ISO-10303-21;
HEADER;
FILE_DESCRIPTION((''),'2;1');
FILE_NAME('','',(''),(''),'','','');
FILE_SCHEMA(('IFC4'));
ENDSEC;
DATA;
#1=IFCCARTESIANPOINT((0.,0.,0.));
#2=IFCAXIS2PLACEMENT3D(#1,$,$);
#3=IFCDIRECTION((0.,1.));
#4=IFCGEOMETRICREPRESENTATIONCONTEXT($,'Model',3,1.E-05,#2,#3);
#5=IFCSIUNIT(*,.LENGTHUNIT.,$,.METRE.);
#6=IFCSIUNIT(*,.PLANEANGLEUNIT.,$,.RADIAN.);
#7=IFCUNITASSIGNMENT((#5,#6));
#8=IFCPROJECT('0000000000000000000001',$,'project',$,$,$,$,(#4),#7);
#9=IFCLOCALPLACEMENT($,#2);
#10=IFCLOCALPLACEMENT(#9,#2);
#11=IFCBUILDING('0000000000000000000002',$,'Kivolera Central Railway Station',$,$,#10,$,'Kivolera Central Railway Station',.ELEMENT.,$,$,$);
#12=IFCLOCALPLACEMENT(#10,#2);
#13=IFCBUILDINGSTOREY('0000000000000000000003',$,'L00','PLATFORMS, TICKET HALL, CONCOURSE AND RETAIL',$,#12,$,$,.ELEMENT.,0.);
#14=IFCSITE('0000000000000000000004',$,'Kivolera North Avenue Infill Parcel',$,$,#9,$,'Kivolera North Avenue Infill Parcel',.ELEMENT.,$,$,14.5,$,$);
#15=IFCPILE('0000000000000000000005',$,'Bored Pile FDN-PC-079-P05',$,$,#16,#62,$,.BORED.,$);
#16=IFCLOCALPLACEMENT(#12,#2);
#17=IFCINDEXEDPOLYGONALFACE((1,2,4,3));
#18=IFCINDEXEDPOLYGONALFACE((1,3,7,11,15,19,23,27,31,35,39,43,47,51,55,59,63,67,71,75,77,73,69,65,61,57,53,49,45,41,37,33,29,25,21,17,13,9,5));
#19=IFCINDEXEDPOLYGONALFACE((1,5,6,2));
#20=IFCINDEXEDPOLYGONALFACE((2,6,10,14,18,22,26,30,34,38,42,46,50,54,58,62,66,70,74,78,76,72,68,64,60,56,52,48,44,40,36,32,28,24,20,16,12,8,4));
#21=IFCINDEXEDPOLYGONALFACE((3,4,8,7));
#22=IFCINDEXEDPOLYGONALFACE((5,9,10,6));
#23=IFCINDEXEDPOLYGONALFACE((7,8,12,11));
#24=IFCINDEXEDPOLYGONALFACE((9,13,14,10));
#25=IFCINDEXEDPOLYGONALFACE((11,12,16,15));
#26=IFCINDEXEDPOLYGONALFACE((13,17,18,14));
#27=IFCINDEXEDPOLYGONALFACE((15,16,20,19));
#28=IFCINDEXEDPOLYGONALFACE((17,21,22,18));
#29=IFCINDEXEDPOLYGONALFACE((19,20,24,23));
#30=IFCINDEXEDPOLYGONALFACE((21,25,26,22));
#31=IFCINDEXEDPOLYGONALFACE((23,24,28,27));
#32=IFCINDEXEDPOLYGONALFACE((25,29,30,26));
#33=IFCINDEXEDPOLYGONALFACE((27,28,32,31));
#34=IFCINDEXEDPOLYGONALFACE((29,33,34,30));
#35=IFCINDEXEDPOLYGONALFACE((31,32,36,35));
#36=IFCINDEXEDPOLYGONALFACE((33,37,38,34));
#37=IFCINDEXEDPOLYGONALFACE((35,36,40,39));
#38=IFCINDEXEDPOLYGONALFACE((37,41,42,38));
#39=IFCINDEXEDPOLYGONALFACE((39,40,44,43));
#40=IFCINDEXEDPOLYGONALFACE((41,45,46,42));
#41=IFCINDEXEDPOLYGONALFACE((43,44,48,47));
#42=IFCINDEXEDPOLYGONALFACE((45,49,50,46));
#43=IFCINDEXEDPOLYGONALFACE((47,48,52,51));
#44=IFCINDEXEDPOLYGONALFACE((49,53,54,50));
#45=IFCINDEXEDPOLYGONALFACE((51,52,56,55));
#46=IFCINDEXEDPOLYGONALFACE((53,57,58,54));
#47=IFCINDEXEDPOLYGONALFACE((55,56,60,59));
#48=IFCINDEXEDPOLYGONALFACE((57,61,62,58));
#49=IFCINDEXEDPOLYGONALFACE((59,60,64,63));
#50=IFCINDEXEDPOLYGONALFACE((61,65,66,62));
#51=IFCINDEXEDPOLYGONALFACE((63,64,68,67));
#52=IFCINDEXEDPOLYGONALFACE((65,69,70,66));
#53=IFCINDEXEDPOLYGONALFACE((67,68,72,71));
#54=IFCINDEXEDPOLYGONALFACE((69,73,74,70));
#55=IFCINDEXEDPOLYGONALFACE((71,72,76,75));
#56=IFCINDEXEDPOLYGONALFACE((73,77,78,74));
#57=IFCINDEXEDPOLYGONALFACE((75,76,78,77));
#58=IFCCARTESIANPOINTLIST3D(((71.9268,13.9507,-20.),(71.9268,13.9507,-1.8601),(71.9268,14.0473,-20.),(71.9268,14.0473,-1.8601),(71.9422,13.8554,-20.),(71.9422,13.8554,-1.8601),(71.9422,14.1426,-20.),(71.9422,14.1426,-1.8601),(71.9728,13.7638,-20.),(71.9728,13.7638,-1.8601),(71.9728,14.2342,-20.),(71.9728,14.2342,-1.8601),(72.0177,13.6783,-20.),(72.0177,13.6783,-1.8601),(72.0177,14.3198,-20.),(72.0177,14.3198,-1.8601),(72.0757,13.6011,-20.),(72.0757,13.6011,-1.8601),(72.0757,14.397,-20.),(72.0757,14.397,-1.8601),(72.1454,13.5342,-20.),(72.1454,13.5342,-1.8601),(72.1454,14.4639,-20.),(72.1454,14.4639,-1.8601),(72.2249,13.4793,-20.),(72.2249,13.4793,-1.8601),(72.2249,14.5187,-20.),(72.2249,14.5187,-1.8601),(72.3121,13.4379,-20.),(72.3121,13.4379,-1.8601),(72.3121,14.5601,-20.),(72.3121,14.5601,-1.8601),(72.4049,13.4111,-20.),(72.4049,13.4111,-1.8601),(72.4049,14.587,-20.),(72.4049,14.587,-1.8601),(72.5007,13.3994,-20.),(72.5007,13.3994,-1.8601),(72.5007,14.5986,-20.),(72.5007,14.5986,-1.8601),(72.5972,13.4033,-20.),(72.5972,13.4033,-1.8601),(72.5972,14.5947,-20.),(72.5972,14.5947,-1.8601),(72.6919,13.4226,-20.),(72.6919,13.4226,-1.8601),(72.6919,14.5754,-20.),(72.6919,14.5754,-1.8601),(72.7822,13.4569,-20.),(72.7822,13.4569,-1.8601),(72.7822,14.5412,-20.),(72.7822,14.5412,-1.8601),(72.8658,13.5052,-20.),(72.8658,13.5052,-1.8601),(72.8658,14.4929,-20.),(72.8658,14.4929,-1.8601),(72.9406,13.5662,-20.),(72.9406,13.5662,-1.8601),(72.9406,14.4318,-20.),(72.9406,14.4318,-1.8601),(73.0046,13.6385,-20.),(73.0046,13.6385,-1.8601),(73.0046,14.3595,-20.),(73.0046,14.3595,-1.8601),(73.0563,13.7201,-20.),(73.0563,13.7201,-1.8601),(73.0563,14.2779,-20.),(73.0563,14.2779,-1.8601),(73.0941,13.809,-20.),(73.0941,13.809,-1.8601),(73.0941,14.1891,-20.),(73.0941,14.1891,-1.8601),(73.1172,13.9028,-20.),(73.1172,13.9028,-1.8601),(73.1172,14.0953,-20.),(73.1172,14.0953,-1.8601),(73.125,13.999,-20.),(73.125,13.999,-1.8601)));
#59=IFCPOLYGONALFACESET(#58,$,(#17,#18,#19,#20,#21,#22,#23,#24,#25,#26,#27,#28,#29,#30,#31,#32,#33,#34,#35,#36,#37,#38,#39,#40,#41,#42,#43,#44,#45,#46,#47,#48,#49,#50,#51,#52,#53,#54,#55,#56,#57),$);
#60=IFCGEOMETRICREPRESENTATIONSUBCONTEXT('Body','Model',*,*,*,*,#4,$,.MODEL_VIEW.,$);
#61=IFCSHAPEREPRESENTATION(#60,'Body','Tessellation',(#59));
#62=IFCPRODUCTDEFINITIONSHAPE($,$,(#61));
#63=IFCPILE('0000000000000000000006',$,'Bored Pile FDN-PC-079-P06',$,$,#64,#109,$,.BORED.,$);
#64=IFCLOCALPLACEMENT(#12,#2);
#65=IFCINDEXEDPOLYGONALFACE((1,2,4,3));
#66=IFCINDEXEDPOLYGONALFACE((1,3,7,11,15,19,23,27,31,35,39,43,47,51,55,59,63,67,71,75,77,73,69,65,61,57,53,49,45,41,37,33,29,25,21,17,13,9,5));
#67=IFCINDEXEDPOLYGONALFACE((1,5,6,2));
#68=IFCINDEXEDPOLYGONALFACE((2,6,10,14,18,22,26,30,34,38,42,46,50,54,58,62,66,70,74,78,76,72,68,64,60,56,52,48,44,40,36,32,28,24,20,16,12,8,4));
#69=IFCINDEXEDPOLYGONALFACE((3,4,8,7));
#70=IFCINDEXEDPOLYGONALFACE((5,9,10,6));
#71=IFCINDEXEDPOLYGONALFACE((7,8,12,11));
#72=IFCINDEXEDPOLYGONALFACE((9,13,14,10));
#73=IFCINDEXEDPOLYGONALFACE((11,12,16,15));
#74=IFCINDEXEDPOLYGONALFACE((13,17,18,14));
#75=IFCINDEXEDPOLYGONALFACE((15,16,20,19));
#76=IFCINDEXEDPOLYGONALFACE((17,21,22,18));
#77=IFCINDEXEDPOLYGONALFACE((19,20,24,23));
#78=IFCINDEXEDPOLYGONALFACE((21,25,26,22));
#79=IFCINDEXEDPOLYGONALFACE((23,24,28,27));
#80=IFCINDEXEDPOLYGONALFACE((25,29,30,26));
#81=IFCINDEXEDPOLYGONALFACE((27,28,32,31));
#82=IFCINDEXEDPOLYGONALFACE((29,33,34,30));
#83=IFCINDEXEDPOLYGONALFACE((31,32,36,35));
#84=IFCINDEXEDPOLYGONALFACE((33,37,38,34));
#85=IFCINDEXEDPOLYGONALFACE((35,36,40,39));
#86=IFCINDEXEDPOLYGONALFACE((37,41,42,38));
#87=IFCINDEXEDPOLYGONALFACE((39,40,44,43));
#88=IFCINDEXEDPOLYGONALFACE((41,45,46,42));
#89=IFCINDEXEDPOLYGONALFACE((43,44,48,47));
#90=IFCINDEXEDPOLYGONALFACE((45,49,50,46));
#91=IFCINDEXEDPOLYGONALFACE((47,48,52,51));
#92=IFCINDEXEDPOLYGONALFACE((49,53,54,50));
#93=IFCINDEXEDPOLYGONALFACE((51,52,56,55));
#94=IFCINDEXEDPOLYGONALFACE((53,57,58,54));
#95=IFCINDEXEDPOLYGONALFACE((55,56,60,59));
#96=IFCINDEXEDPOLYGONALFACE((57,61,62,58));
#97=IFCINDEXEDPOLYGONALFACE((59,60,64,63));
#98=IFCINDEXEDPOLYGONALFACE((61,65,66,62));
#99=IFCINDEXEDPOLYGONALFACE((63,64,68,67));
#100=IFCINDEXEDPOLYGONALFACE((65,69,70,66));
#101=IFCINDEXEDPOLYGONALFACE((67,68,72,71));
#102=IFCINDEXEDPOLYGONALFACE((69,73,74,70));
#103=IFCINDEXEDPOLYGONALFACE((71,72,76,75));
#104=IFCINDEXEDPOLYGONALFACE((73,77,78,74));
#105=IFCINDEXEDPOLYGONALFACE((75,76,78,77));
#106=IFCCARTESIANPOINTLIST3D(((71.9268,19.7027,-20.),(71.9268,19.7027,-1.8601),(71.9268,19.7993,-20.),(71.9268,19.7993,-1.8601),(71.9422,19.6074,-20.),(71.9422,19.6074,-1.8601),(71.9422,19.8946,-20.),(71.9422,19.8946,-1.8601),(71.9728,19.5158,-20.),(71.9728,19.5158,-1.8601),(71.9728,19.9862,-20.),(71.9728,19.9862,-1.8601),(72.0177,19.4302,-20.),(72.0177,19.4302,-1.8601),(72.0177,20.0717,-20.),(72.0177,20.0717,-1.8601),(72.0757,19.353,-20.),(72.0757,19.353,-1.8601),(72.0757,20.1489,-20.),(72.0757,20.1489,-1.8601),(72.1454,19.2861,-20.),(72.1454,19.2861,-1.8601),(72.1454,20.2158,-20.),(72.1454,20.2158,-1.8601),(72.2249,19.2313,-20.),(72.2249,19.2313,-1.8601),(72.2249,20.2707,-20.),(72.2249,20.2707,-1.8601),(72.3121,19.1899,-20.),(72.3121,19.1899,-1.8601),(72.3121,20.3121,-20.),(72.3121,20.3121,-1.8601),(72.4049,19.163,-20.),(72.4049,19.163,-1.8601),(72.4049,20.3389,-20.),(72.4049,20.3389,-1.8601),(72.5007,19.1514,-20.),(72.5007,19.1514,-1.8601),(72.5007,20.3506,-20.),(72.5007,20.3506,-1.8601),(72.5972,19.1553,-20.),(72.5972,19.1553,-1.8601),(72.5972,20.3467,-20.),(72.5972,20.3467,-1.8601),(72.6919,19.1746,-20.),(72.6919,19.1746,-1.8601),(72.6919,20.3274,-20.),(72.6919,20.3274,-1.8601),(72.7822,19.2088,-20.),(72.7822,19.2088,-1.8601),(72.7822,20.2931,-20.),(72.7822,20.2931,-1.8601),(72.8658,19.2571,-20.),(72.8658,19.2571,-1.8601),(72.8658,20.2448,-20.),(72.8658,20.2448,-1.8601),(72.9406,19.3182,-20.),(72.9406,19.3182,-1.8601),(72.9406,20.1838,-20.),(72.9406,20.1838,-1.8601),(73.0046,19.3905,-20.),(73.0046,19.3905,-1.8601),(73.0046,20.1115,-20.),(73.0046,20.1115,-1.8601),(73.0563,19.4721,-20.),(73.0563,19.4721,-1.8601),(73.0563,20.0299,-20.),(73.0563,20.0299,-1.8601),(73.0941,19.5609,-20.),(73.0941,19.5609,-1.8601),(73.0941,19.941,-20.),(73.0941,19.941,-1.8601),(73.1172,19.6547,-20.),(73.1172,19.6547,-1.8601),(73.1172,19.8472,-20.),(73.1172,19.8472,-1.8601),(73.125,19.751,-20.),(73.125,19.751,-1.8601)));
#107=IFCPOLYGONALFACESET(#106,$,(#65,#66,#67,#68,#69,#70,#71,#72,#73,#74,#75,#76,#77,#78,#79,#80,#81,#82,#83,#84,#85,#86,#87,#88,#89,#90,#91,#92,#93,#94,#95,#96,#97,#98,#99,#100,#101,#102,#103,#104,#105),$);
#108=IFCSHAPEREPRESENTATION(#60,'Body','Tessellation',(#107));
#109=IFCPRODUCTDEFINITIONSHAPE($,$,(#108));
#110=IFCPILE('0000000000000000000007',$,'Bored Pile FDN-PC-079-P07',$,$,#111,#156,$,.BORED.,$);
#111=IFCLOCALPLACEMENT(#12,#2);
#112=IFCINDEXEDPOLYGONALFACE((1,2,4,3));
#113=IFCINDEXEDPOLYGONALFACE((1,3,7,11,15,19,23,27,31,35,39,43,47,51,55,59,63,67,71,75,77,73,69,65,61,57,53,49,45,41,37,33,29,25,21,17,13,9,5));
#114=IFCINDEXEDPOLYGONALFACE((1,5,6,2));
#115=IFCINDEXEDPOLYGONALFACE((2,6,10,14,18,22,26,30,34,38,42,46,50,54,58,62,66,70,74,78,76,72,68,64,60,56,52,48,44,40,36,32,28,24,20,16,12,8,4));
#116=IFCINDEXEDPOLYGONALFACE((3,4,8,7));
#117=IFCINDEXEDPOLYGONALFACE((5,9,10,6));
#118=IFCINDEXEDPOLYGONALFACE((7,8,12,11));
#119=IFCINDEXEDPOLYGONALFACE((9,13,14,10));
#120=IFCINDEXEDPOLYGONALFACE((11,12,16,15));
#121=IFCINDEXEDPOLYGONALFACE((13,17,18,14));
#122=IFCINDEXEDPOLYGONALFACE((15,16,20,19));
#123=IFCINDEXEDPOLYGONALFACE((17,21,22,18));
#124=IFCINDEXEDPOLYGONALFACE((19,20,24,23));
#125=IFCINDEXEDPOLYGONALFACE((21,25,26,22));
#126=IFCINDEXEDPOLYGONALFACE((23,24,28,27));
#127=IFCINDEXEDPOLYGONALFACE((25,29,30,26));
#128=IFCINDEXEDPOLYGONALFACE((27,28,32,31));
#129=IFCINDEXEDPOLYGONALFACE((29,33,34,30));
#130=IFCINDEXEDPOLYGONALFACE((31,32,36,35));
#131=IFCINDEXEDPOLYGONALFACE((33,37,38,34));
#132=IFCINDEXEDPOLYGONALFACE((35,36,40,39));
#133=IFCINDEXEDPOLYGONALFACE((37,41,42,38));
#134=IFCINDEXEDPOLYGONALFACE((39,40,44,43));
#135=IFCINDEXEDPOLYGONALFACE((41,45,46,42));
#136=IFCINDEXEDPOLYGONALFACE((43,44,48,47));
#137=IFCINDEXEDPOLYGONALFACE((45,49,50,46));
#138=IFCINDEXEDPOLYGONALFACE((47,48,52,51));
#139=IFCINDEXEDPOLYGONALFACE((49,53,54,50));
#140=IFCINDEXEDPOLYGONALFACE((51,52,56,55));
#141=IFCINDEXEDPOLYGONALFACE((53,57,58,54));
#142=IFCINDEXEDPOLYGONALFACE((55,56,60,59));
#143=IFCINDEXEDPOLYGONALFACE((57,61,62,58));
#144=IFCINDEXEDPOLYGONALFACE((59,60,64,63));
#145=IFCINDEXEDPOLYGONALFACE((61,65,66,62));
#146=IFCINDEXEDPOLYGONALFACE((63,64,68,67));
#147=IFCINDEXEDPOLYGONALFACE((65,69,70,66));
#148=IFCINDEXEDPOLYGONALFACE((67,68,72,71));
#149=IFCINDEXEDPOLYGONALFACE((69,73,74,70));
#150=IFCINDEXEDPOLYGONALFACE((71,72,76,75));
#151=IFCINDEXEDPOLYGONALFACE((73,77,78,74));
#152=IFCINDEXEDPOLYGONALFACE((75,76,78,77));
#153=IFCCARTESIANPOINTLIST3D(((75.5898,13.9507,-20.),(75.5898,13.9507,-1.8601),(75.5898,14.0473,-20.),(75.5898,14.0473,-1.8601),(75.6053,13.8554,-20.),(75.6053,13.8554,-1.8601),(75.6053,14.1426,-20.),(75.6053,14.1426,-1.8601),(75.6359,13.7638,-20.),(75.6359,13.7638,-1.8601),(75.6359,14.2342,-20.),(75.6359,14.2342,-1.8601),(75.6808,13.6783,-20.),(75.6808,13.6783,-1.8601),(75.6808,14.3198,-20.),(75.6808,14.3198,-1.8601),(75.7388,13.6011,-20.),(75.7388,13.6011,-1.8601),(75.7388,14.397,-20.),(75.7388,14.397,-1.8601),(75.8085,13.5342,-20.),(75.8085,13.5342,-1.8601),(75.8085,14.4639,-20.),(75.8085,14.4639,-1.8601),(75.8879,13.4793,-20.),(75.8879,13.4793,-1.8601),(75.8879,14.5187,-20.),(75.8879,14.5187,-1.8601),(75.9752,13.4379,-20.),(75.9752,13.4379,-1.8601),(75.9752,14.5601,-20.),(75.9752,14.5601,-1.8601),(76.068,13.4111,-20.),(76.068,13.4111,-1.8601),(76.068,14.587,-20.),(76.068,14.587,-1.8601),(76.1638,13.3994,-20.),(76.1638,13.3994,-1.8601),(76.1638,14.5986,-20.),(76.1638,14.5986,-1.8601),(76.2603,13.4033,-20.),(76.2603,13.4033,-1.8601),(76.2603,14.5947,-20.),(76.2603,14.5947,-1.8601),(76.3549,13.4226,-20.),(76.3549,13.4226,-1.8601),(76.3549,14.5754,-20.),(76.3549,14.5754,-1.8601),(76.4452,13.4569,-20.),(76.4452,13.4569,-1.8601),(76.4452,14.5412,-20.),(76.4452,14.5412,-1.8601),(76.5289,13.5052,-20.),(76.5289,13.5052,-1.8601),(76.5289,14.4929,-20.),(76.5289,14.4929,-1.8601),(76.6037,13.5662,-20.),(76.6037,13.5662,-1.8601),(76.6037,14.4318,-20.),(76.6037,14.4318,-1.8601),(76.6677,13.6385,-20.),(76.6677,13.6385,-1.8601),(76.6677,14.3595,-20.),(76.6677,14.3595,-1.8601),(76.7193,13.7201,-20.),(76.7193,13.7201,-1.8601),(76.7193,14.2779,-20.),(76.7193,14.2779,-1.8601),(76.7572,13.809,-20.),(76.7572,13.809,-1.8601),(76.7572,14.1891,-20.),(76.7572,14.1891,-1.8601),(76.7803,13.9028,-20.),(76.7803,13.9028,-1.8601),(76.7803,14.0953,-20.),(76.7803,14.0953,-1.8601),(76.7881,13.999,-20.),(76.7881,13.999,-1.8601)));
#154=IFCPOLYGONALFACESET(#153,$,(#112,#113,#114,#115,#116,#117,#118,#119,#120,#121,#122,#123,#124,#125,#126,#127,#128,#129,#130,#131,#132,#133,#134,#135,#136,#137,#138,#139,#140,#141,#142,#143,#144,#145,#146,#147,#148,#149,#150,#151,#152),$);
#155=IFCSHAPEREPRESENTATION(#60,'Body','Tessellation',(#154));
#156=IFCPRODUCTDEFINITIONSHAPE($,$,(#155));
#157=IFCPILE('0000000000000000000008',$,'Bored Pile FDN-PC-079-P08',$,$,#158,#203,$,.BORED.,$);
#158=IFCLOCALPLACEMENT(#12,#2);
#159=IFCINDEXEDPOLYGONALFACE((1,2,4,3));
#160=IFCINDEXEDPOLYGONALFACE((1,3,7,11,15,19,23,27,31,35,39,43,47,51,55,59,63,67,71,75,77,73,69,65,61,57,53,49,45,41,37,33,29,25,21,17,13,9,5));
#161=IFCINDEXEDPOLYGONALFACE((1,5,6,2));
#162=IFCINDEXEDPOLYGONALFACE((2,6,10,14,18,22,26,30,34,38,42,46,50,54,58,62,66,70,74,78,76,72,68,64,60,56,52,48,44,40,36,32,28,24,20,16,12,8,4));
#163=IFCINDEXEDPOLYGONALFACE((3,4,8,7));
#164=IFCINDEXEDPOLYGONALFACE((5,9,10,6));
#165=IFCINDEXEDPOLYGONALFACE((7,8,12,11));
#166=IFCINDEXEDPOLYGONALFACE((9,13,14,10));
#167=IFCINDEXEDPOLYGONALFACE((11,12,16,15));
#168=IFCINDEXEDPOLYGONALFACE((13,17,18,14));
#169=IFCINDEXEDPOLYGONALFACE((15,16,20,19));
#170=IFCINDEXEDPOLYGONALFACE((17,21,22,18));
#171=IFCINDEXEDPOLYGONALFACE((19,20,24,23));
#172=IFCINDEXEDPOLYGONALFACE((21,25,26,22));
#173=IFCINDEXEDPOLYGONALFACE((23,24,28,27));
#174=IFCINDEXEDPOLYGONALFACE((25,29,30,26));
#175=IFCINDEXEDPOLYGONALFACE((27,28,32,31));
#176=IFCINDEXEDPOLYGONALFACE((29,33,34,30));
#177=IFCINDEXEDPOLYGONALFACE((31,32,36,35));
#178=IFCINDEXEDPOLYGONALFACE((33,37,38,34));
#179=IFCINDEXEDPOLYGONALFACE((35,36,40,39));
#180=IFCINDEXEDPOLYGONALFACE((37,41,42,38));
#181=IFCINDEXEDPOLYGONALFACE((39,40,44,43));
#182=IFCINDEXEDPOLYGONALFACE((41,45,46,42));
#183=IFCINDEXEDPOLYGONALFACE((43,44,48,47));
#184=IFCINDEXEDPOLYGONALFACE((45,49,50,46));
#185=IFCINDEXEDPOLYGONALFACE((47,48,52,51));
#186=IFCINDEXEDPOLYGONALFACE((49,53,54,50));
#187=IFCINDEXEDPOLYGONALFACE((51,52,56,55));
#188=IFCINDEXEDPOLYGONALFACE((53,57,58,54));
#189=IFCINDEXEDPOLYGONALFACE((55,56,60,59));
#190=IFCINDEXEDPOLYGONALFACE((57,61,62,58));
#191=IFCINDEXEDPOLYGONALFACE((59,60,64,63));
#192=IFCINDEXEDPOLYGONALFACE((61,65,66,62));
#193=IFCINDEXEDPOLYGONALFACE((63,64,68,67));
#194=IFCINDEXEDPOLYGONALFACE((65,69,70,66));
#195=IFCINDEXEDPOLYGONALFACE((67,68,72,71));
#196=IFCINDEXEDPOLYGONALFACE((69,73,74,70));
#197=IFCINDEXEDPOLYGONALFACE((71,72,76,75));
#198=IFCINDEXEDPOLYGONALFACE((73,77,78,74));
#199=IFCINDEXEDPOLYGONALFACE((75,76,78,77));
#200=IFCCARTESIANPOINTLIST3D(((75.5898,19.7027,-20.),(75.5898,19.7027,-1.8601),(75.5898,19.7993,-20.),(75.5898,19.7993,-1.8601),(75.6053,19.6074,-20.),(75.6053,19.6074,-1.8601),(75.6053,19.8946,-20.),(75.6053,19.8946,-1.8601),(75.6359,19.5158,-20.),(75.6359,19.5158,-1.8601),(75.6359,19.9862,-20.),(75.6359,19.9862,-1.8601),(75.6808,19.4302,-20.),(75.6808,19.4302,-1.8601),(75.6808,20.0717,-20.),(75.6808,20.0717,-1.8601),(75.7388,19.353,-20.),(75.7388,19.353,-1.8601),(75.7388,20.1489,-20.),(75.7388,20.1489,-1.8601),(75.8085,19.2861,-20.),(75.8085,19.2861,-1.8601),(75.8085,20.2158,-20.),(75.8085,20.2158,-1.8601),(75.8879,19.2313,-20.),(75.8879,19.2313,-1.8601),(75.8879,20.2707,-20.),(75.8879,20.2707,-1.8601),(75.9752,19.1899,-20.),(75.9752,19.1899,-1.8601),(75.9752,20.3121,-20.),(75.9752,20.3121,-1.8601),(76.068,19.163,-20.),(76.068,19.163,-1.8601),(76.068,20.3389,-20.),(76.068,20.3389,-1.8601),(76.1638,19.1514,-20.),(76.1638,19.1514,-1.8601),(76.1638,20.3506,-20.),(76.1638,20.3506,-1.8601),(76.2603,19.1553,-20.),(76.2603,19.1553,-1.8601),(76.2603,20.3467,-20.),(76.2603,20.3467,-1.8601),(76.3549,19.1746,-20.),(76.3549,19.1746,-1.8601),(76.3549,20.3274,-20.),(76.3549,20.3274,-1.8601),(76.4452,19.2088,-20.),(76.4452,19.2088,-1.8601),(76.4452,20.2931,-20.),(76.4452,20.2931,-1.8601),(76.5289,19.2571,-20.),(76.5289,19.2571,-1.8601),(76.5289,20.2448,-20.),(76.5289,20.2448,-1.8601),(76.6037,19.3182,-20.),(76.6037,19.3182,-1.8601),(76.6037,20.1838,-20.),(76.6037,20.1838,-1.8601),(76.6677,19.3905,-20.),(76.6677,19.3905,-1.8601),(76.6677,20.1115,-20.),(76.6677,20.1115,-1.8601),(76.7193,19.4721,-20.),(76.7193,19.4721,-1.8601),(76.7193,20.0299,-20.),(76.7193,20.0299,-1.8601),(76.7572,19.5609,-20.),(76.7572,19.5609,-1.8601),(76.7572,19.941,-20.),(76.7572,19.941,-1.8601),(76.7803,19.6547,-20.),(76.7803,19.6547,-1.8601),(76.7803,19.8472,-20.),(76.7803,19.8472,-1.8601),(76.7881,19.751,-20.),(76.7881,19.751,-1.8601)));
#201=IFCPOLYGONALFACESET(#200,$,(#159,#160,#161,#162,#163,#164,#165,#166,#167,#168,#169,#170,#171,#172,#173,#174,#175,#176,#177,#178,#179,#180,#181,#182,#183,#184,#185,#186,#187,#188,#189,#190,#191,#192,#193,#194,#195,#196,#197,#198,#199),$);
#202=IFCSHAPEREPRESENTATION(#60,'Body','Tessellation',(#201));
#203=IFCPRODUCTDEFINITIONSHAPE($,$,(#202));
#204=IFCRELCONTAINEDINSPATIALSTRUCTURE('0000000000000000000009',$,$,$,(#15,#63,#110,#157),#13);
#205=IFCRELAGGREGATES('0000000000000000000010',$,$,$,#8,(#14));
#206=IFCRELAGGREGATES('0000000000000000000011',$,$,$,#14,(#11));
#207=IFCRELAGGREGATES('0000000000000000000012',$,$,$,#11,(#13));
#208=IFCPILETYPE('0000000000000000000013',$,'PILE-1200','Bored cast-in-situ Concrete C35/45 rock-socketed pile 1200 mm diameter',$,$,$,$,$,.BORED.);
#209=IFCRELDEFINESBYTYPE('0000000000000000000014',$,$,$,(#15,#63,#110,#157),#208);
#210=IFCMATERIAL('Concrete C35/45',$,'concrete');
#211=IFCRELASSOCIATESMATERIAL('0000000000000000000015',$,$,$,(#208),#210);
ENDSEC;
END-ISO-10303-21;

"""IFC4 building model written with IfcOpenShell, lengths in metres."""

from ifc_helpers import new_model, si_unit, direction, frame, origin, origin_2d, place, context, subcontext, project, spatial, circle, extrude, material, material_profile, profile_set, type_object, element, save


model = new_model("IFC4")

# Units and contexts
model_context = context("Model", 3, precision=1e-05, world=origin(), true_north=direction((0.0, 1.0)))
body_context = subcontext(model_context, "Body", "Model", "MODEL_VIEW")
ifc_project = project(units=[si_unit("LENGTHUNIT", "METRE"), si_unit("PLANEANGLEUNIT", "RADIAN")], contexts=[model_context])

# Site, building, storey
site_placement = place(None, origin())
site = spatial("IfcSite", under=ifc_project, at=site_placement, Name="Kivolera North Avenue Infill Parcel", LongName="Kivolera North Avenue Infill Parcel", CompositionType="ELEMENT", RefElevation=14.5)
building_placement = place(site_placement, origin())
building = spatial("IfcBuilding", under=site, at=building_placement, Name="Kivolera Central Railway Station", LongName="Kivolera Central Railway Station", CompositionType="ELEMENT")
storey_placement = place(building_placement, origin())
storey = spatial("IfcBuildingStorey", under=building, at=storey_placement, Name="L00", Description="PLATFORMS, TICKET HALL, CONCOURSE AND RETAIL", CompositionType="ELEMENT", Elevation=0.0)

# Shared definitions
ifc_material_1 = material(Name="Concrete C35/45", Category="concrete")

# Piles
ifc_material_profile_1 = material_profile(ifc_material_1, circle(Radius=0.6001, at=origin_2d()), Name="PILE D1200")
ifc_profile_set_1 = profile_set([ifc_material_profile_1], Name="Concrete C35/45")
pile_type_1 = type_object("IfcPileType", Name="PILE-1200", Description="Bored cast-in-situ Concrete C35/45 rock-socketed pile 1200 mm diameter", PredefinedType="BORED", material=ifc_profile_set_1)
for number, where, z_axis, x_axis, name in (
    (1, (72.5249, 13.999, -1.8601), (0.0, 0.0, -1.0), (1.0, 0.0, 0.0), "Bored Pile FDN-PC-079-P05"),
    (2, (72.5249, 19.751, -1.8601), (0.0, 0.0, -1.0), (1.0, 0.0, 0.0), "Bored Pile FDN-PC-079-P06"),
    (3, (76.188, 13.999, -1.8601), (0.0, 0.0, -1.0), (1.0, 0.0, 0.0), "Bored Pile FDN-PC-079-P07"),
    (4, (76.188, 19.751, -1.8601), (0.0, 0.0, -1.0), (1.0, 0.0, 0.0), "Bored Pile FDN-PC-079-P08"),
):
    element("IfcPile", number, at=place(storey_placement, frame(where, z_axis=z_axis, x_axis=x_axis)), inside=storey, type_object=pile_type_1, Name=name, PredefinedType="BORED", context=body_context, shape_type="SweptSolid", body=[
        extrude(circle(Radius=0.6001, at=origin_2d()), origin(), (0.0, 0.0, 1.0), 18.1399),
    ])

save(model, "model.ifc")
